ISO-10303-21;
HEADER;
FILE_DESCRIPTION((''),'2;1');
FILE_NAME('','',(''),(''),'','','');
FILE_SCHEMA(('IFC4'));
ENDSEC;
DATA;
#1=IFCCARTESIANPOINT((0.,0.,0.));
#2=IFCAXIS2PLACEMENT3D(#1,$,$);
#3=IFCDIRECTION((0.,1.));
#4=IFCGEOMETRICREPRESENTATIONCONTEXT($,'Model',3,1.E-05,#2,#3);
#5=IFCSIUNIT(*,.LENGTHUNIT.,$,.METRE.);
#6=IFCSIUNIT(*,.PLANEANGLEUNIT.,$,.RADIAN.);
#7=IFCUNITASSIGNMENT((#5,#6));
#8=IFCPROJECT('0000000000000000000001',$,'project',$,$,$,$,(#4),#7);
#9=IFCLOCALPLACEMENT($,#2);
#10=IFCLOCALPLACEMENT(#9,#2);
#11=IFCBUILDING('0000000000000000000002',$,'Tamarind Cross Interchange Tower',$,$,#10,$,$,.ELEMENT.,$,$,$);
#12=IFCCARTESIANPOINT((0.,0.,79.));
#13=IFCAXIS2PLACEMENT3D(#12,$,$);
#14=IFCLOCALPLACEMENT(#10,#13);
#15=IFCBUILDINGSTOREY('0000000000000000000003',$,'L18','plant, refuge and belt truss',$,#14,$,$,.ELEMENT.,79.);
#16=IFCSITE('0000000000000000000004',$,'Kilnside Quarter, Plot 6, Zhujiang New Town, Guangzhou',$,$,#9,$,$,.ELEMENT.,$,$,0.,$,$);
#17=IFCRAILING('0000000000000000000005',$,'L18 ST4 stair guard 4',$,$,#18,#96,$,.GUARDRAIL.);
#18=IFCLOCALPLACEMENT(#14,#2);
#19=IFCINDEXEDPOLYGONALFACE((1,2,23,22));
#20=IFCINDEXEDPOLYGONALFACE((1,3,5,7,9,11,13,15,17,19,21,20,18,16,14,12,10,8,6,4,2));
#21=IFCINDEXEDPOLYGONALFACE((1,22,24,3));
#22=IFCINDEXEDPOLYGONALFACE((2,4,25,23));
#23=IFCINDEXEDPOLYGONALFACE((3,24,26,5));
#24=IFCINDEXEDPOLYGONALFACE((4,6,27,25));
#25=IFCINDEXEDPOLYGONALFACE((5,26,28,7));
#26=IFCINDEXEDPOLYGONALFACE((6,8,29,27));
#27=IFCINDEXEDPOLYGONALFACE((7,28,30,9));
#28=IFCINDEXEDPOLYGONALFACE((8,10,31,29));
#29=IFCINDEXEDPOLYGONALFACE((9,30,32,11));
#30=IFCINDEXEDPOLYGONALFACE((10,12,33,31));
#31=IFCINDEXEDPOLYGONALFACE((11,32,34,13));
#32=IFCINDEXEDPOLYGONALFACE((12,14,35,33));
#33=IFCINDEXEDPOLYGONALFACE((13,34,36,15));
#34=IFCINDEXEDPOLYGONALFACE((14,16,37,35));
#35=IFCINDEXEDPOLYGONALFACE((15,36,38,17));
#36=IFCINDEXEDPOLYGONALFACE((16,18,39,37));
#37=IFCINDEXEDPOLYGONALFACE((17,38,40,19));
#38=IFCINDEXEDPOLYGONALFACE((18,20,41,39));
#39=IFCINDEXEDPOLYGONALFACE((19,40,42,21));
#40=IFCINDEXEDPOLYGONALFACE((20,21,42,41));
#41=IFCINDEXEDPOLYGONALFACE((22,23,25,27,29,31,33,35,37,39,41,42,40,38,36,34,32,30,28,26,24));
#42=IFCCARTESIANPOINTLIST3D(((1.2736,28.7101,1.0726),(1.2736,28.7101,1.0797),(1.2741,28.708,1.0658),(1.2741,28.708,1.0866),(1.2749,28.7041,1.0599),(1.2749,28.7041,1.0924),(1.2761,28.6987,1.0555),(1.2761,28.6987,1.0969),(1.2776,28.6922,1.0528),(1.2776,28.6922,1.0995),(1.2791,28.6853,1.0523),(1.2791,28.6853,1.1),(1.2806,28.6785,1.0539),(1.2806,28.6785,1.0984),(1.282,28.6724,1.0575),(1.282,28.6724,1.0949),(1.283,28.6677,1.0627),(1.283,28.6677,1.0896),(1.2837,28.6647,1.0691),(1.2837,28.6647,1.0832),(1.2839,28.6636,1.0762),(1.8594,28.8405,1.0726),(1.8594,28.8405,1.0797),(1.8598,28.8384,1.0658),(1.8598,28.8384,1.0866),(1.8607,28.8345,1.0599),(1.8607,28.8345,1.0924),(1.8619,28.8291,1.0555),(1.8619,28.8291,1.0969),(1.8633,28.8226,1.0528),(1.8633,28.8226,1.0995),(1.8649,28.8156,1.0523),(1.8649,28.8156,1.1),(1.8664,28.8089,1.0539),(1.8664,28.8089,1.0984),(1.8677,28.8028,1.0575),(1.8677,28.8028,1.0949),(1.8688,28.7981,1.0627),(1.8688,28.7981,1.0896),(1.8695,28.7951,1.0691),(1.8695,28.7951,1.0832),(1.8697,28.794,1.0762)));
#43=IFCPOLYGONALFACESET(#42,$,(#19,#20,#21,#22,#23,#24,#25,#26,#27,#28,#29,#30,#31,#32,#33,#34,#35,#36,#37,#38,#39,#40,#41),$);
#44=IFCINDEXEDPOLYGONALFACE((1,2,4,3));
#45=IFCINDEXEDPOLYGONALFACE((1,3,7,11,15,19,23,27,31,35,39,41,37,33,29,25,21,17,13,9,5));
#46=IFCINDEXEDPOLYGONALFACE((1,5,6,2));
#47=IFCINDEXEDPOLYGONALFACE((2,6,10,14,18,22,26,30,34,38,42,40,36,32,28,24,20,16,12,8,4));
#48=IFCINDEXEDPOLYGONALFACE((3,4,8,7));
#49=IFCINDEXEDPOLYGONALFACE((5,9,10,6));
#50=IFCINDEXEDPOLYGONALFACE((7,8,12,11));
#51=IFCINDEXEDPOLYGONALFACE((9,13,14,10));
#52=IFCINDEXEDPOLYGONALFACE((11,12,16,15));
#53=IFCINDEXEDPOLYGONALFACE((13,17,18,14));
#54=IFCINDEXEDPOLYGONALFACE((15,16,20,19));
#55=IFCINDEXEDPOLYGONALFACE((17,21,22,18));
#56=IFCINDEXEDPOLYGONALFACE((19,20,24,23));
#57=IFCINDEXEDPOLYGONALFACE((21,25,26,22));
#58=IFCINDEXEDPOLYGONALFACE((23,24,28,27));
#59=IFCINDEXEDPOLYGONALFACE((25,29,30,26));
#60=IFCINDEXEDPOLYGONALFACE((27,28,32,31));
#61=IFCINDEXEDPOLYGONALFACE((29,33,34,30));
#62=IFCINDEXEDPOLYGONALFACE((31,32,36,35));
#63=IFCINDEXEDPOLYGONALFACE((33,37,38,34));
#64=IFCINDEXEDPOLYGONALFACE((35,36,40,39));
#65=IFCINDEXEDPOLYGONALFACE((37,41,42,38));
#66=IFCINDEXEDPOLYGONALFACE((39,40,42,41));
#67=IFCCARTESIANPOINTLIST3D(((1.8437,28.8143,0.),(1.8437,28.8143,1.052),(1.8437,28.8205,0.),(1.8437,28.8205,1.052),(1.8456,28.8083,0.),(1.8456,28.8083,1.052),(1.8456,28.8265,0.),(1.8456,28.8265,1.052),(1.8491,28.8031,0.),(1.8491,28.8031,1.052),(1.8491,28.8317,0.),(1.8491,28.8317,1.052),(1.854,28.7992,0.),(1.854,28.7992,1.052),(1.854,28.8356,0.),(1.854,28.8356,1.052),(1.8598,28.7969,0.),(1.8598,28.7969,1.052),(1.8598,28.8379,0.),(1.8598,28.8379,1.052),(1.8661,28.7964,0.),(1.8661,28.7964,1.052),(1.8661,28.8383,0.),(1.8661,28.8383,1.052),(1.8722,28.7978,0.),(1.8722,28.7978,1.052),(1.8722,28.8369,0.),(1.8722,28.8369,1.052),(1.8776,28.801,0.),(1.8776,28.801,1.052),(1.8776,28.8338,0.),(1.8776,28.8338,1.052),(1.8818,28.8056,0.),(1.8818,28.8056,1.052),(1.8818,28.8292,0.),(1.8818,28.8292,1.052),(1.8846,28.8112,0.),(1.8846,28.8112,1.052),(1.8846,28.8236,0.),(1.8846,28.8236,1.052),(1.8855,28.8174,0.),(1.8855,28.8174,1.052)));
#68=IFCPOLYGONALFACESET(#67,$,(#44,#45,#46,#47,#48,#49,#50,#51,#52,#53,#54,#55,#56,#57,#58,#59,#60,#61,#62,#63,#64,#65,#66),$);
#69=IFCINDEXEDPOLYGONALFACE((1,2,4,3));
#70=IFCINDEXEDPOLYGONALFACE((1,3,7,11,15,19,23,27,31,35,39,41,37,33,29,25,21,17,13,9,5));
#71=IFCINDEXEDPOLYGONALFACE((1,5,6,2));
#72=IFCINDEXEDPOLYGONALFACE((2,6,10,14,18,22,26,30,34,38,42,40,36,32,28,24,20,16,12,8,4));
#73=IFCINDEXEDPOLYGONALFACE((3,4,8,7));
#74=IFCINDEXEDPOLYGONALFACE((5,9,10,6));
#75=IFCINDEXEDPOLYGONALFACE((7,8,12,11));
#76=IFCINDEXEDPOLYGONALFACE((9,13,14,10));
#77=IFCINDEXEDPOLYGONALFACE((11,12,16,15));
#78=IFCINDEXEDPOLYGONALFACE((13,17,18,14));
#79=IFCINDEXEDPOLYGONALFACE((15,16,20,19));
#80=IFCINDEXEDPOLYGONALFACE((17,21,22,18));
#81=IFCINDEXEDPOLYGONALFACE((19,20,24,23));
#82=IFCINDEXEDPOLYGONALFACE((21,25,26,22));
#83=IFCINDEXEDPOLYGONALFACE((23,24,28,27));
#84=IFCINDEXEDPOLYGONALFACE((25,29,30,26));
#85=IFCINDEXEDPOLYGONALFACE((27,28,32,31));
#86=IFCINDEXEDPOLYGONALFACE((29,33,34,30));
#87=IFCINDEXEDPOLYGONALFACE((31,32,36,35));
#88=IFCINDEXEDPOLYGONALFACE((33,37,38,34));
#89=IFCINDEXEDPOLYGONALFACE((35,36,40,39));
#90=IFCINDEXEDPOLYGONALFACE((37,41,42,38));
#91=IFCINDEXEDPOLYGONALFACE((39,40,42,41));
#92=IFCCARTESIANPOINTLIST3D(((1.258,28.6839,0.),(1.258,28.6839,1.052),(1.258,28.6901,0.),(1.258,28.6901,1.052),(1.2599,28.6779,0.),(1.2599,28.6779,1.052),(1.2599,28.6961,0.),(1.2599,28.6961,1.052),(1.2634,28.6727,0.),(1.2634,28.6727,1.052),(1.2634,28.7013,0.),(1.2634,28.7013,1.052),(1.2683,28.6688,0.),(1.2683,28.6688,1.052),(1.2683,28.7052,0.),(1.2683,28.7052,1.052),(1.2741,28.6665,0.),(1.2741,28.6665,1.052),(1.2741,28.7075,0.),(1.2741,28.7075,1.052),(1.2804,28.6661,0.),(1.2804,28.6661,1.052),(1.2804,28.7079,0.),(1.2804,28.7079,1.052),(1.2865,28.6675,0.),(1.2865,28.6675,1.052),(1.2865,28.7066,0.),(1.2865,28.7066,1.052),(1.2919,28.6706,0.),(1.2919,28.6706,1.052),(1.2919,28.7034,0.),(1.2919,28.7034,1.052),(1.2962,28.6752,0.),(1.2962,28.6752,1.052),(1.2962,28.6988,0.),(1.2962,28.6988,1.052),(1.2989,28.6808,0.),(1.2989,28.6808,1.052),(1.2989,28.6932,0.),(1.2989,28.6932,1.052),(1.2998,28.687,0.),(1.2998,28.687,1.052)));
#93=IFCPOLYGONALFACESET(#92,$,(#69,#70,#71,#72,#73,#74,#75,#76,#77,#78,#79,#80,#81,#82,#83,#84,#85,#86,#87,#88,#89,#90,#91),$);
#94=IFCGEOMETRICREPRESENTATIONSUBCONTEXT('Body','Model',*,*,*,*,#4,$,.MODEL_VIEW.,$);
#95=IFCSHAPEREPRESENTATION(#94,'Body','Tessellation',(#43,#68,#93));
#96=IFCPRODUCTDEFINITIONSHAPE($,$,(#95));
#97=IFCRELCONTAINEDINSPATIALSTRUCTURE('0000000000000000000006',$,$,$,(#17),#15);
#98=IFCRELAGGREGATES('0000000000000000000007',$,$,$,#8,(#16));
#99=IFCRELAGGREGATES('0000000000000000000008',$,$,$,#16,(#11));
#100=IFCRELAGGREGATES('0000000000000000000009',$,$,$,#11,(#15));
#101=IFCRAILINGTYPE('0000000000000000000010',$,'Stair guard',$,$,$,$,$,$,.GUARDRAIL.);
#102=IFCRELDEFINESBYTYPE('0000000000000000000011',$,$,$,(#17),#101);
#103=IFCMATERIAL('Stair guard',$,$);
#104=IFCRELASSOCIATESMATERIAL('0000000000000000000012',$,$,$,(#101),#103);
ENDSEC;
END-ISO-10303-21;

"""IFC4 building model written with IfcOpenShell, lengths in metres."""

from ifc_helpers import new_model, si_unit, direction, frame, origin, origin_2d, place, context, subcontext, project, spatial, circle, extrude, material, type_object, element, save


model = new_model("IFC4")

# Units and contexts
model_context = context("Model", 3, precision=1e-05, world=origin(), true_north=direction((0.0, 1.0)))
body_context = subcontext(model_context, "Body", "Model", "MODEL_VIEW")
ifc_project = project(units=[si_unit("LENGTHUNIT", "METRE"), si_unit("PLANEANGLEUNIT", "RADIAN")], contexts=[model_context])

# Site, building, storey
site_placement = place(None, origin())
site = spatial("IfcSite", under=ifc_project, at=site_placement, Name="Kilnside Quarter, Plot 6, Zhujiang New Town, Guangzhou", CompositionType="ELEMENT", RefElevation=0.0)
building_placement = place(site_placement, origin())
building = spatial("IfcBuilding", under=site, at=building_placement, Name="Tamarind Cross Interchange Tower", CompositionType="ELEMENT")
storey_placement = place(building_placement, frame((0.0, 0.0, 79.0)))
storey = spatial("IfcBuildingStorey", under=building, at=storey_placement, Name="L18", Description="plant, refuge and belt truss", CompositionType="ELEMENT", Elevation=79.0)

# Railing
ifc_material_1 = material(Name="Stair guard")
railing_type_1 = type_object("IfcRailingType", Name="Stair guard", PredefinedType="GUARDRAIL", material=ifc_material_1)
railing_1_placement = place(storey_placement, frame((1.8645, 28.8174, 0.0)))
element("IfcRailing", 1, at=railing_1_placement, inside=storey, type_object=railing_type_1, Name="L18 ST4 stair guard 4", PredefinedType="GUARDRAIL", context=body_context, shape_type="SweptSolid", body=[
    extrude(circle(Radius=0.0239, at=origin_2d()), frame((0.0, 0.0, 1.0762), z_axis=(-0.97611, -0.217275, 0.0), x_axis=(0.217275, -0.97611, 0.0)), (0.0, 0.0, 1.0), 0.6001),
    extrude(circle(Radius=0.021, at=origin_2d()), origin(), (0.0, 0.0, 1.0), 1.052),
    extrude(circle(Radius=0.021, at=origin_2d()), frame((-0.5857, -0.1304, 0.0)), (0.0, 0.0, 1.0), 1.052),
])

save(model, "model.ifc")
